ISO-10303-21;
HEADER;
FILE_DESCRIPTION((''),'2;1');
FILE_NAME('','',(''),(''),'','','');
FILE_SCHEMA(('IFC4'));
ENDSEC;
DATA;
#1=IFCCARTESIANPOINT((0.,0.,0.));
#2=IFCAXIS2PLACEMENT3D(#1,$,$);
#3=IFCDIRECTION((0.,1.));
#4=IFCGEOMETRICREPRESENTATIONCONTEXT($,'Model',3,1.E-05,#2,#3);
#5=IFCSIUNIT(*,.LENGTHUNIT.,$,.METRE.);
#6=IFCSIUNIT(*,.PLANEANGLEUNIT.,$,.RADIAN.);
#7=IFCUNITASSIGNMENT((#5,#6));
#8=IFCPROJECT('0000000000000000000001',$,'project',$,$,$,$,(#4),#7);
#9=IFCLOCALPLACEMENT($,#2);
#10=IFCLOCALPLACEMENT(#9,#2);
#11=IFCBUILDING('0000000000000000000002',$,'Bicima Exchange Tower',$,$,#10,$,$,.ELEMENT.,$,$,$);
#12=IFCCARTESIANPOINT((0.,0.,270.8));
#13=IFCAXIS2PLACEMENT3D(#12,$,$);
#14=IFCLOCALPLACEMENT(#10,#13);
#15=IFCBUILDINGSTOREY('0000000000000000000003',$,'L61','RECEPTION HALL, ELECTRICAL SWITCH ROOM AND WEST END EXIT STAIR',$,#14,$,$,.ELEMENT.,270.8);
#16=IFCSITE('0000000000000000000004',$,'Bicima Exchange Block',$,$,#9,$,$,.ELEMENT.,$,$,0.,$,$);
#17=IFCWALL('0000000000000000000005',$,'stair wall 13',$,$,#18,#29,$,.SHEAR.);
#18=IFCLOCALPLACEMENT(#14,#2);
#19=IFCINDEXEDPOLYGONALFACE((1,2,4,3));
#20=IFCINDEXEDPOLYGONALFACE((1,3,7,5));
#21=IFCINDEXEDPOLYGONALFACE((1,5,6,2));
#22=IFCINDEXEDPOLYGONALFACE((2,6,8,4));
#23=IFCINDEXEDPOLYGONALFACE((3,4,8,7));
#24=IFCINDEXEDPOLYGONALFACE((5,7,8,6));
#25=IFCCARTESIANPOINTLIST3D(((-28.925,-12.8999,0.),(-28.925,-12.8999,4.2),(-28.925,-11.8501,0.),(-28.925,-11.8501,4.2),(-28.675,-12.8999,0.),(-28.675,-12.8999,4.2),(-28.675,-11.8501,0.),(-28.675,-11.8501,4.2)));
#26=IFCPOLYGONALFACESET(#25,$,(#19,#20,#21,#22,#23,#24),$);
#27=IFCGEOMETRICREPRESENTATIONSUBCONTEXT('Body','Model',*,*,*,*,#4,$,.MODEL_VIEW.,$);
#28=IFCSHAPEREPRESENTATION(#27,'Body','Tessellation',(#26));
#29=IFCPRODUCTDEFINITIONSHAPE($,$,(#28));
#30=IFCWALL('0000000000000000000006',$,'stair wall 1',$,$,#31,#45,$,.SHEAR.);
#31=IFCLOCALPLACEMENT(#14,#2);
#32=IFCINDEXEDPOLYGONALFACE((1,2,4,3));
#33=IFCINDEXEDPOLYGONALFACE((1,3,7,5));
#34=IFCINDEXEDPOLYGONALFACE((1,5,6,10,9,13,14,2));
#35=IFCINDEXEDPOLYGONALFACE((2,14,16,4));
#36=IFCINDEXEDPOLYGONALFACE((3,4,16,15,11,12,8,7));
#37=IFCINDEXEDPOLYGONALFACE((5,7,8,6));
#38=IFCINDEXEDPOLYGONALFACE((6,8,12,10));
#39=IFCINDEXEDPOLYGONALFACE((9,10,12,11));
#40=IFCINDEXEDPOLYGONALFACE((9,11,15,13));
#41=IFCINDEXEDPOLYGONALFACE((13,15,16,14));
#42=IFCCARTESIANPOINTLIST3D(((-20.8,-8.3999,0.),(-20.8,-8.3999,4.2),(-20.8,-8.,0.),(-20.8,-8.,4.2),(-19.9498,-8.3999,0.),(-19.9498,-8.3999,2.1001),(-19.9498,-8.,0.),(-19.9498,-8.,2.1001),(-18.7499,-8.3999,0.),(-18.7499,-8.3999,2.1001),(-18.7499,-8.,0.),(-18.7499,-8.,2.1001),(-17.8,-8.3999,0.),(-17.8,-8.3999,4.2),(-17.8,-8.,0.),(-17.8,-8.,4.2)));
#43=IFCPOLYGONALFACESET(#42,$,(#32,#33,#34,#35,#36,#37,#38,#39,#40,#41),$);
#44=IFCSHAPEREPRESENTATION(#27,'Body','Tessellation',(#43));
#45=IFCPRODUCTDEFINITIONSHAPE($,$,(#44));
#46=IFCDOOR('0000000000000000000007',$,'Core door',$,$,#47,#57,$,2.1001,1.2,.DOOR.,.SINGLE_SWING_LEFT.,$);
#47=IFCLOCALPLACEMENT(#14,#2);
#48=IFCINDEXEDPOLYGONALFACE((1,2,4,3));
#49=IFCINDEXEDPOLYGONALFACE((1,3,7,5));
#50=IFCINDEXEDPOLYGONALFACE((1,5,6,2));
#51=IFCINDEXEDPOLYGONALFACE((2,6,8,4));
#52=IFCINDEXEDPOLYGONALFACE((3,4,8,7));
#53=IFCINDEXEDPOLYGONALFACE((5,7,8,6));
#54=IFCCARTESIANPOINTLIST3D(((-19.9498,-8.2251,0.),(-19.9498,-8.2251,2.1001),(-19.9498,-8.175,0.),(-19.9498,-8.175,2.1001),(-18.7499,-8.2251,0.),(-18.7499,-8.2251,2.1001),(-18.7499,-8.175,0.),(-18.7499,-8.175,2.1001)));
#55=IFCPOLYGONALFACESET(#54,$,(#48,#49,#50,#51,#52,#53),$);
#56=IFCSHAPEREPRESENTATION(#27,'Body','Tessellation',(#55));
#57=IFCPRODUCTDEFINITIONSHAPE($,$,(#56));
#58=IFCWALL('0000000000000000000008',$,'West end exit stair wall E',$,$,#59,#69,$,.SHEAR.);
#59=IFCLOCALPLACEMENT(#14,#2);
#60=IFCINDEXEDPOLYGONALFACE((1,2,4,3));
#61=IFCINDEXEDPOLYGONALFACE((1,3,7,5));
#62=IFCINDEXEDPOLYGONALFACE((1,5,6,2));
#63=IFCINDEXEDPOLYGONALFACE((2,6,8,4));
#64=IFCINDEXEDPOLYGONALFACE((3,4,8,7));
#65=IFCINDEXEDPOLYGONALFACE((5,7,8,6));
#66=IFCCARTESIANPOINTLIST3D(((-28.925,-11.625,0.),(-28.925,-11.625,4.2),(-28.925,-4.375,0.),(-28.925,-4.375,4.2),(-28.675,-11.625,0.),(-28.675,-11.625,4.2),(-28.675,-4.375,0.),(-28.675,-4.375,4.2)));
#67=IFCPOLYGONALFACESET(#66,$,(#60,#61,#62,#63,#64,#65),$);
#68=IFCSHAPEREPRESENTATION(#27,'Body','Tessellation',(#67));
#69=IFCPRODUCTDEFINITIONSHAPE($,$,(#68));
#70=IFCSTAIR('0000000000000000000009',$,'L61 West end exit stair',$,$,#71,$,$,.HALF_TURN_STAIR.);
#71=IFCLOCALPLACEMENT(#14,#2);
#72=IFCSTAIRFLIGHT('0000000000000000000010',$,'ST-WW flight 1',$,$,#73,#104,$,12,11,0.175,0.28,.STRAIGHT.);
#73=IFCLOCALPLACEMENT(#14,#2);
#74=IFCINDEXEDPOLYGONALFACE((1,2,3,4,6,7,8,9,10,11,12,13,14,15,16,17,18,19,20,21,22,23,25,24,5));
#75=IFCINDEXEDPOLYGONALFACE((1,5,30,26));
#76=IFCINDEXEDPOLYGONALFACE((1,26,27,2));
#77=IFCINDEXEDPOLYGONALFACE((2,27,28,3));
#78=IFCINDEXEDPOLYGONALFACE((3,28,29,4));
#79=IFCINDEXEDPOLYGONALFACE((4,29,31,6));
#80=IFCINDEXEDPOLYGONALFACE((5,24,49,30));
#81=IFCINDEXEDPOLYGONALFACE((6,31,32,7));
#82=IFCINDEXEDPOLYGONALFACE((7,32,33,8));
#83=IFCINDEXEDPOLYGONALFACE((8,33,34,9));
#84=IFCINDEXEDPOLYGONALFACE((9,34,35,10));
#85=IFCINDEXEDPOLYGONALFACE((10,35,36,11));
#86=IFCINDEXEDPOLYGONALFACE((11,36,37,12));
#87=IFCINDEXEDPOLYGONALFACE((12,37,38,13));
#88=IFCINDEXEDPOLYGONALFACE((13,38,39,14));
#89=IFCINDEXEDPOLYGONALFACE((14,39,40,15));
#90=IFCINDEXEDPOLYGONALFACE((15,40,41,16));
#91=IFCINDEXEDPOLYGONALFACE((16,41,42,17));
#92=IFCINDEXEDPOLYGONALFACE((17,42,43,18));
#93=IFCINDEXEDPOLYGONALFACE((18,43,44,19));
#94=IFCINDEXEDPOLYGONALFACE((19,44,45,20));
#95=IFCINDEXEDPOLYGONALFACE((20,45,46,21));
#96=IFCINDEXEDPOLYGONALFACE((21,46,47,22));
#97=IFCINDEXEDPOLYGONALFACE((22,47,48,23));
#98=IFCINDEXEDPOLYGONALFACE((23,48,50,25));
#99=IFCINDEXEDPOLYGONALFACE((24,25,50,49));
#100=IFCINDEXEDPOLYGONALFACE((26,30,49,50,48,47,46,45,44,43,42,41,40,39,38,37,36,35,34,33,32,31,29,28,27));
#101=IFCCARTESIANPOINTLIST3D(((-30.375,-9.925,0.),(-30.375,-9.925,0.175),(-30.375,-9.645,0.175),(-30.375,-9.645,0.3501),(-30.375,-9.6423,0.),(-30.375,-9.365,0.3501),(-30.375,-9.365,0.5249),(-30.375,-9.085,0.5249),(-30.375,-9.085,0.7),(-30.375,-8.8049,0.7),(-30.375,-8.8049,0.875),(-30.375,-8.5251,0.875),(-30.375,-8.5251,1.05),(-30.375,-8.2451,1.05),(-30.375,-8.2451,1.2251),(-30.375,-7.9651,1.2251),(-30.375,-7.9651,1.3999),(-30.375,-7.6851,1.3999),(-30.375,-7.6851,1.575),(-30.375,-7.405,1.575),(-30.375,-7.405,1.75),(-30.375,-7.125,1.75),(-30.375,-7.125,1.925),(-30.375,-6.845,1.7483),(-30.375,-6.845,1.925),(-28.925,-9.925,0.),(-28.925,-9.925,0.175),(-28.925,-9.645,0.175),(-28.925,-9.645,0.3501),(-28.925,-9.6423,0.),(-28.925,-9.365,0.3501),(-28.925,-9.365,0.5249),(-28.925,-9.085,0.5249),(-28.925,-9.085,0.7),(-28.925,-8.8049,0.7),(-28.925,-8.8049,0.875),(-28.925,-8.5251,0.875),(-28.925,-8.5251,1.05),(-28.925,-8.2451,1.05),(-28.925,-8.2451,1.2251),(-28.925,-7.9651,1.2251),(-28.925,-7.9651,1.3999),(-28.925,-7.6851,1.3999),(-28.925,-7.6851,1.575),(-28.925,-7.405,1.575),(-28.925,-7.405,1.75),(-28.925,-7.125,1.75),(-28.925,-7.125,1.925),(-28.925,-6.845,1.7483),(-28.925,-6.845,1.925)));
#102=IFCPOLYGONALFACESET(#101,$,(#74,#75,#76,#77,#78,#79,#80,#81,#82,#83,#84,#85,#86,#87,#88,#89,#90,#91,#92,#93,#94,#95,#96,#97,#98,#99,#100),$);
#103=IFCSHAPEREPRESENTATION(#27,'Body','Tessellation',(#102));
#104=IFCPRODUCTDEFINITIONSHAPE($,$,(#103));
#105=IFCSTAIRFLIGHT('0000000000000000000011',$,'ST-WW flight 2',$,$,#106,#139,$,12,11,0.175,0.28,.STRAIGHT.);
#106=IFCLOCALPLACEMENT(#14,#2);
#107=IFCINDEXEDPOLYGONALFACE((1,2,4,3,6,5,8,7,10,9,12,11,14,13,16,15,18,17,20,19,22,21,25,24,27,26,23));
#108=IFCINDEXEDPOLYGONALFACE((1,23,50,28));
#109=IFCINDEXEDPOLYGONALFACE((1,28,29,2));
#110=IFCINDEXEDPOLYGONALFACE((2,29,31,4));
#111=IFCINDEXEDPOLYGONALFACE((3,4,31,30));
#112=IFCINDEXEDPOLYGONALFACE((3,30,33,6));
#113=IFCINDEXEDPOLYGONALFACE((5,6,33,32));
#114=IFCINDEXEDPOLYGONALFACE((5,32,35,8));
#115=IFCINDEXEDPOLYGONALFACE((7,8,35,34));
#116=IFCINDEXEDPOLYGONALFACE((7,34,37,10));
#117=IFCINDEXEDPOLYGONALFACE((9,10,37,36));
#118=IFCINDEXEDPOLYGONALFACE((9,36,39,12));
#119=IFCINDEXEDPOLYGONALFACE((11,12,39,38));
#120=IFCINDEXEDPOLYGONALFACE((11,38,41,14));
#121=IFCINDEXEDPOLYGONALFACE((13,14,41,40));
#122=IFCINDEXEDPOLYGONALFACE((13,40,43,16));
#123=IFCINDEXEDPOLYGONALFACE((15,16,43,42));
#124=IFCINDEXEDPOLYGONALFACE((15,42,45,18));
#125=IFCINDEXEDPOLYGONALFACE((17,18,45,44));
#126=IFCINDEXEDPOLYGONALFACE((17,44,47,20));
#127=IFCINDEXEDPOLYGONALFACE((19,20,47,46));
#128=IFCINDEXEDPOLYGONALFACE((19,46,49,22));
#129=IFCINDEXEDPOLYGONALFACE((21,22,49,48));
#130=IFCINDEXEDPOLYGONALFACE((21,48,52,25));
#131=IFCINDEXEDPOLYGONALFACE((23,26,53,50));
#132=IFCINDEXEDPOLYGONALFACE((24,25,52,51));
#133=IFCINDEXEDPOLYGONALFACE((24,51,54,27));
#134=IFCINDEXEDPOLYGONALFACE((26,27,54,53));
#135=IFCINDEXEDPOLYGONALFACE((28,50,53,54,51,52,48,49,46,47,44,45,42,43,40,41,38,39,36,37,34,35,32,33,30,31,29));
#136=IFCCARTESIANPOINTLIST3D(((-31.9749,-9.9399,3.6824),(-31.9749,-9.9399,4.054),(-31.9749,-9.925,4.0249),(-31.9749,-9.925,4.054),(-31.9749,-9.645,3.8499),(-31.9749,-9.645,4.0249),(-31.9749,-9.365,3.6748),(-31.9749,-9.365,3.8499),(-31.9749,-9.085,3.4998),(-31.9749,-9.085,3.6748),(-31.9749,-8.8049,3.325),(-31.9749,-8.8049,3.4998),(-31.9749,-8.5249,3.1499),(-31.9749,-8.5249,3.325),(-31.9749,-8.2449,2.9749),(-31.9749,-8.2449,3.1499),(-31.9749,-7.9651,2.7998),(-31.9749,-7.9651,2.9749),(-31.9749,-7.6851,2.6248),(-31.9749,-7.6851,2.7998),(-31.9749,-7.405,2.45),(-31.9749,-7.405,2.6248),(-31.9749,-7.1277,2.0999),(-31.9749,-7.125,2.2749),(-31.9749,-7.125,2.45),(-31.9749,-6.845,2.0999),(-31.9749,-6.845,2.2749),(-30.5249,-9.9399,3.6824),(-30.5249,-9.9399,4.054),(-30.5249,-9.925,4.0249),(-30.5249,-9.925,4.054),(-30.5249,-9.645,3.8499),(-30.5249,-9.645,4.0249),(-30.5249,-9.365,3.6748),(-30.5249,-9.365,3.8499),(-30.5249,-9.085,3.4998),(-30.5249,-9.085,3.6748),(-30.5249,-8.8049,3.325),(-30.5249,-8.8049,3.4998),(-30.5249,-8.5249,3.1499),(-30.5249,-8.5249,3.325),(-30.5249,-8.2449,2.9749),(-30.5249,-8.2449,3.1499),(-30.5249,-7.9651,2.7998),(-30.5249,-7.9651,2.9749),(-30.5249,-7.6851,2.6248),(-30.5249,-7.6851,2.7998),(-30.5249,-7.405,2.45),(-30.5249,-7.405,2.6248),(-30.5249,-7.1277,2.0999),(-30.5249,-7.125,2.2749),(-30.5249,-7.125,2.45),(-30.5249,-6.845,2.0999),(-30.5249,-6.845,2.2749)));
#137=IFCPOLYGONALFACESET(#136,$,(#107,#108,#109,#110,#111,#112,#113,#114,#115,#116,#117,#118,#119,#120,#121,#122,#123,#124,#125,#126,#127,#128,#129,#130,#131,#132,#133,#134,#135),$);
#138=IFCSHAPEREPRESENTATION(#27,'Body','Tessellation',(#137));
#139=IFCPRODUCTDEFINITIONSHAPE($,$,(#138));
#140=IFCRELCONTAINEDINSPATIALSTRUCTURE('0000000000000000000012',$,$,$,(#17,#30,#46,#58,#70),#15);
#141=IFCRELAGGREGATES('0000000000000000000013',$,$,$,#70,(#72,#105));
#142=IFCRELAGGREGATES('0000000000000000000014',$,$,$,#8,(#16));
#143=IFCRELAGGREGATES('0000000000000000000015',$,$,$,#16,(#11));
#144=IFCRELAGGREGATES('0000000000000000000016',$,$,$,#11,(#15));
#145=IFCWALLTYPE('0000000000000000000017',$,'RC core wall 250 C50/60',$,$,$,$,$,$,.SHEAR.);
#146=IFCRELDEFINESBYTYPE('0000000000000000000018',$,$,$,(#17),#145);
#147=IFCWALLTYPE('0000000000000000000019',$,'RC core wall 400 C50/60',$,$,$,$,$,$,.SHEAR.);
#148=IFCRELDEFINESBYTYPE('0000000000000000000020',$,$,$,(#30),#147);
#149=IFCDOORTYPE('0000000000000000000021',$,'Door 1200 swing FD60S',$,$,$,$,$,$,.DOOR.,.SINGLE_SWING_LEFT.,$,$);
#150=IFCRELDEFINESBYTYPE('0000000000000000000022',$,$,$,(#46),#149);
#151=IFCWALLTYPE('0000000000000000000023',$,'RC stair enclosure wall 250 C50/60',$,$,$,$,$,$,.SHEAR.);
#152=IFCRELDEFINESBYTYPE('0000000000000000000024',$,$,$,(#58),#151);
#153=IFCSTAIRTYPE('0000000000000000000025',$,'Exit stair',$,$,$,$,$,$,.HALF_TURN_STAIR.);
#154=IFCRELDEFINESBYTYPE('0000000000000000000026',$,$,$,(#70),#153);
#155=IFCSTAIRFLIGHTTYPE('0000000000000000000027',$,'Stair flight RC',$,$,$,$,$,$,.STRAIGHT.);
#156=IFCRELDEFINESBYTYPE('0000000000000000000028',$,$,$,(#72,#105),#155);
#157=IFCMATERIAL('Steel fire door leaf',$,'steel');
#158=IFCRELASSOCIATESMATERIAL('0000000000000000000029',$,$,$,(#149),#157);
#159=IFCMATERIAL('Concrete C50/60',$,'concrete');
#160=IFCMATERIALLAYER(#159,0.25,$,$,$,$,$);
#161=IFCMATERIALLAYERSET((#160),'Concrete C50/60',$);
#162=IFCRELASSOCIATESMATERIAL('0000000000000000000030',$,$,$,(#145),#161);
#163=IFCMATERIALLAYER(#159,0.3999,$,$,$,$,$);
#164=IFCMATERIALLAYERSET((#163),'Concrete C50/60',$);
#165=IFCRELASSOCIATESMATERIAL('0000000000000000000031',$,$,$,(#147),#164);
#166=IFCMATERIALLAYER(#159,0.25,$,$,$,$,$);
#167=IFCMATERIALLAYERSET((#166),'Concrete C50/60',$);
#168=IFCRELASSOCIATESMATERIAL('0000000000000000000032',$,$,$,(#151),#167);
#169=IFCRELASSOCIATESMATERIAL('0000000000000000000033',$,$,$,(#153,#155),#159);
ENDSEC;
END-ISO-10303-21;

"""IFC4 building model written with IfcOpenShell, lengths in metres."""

from ifc_helpers import new_model, si_unit, direction, frame, frame_2d, origin, place, context, subcontext, project, spatial, polyline, rectangle, outline, extrude, material, layer, layer_set, type_object, element, fill, aggregate, save


model = new_model("IFC4")

# Units and contexts
model_context = context("Model", 3, precision=1e-05, world=origin(), true_north=direction((0.0, 1.0)))
body_context = subcontext(model_context, "Body", "Model", "MODEL_VIEW")
ifc_project = project(units=[si_unit("LENGTHUNIT", "METRE"), si_unit("PLANEANGLEUNIT", "RADIAN")], contexts=[model_context])

# Site, building, storey
site_placement = place(None, origin())
site = spatial("IfcSite", under=ifc_project, at=site_placement, Name="Bicima Exchange Block", CompositionType="ELEMENT", RefElevation=0.0)
building_placement = place(site_placement, origin())
building = spatial("IfcBuilding", under=site, at=building_placement, Name="Bicima Exchange Tower", CompositionType="ELEMENT")
storey_placement = place(building_placement, frame((0.0, 0.0, 270.8)))
storey = spatial("IfcBuildingStorey", under=building, at=storey_placement, Name="L61", Description="RECEPTION HALL, ELECTRICAL SWITCH ROOM AND WEST END EXIT STAIR", CompositionType="ELEMENT", Elevation=270.8)

# Shared definitions
ifc_material_1 = material(Name="Steel fire door leaf", Category="steel")
door_type_1 = type_object("IfcDoorType", Name="Door 1200 swing FD60S", OperationType="SINGLE_SWING_LEFT", PredefinedType="DOOR", material=ifc_material_1)

# Wall
ifc_material_2 = material(Name="Concrete C50/60", Category="concrete")
ifc_layer_1 = layer(ifc_material_2, 0.25)
ifc_layer_set_1 = layer_set([ifc_layer_1], Name="Concrete C50/60")
wall_type_1 = type_object("IfcWallType", Name="RC core wall 250 C50/60", PredefinedType="SHEAR", material=ifc_layer_set_1)
wall_1_placement = place(storey_placement, frame((-28.8, -12.8999, 0.0), z_axis=(0.0, 0.0, 1.0), x_axis=(0.0, 1.0, 0.0)))
element("IfcWall", 1, at=wall_1_placement, inside=storey, type_object=wall_type_1, Name="stair wall 13", PredefinedType="SHEAR", context=body_context, shape_type="SweptSolid", body=[
    extrude(rectangle(XDim=1.0498, YDim=0.25, at=frame_2d((0.5249, 0.0))), origin(), (0.0, 0.0, 1.0), 4.2),
])

# Wall, opening, door
ifc_layer_2 = layer(ifc_material_2, 0.3999)
ifc_layer_set_2 = layer_set([ifc_layer_2], Name="Concrete C50/60")
wall_type_2 = type_object("IfcWallType", Name="RC core wall 400 C50/60", PredefinedType="SHEAR", material=ifc_layer_set_2)
wall_2_placement = place(storey_placement, frame((-20.8, -8.2, 0.0), z_axis=(0.0, 0.0, 1.0), x_axis=(1.0, 0.0, 0.0)))
wall_2 = element("IfcWall", 2, at=wall_2_placement, inside=storey, type_object=wall_type_2, Name="stair wall 1", PredefinedType="SHEAR", context=body_context, shape_type="SweptSolid", body=[
    extrude(rectangle(XDim=3.0, YDim=0.3999, at=frame_2d((1.5, 0.0))), origin(), (0.0, 0.0, 1.0), 4.2),
])
opening_1_placement = place(wall_2_placement, frame((0.8501, 0.0, 0.0)))
opening_1 = element("IfcOpeningElement", 3, at=opening_1_placement, cuts=wall_2, PredefinedType="OPENING", context=body_context, shape_type="SweptSolid", body=[
    extrude(rectangle(XDim=1.2, YDim=2.1001, at=frame_2d((0.6001, 1.05))), frame((0.0, 0.2119, 0.0), z_axis=(0.0, -1.0, 0.0), x_axis=(1.0, 0.0, 0.0)), (0.0, 0.0, 1.0), 0.4238),
])
door_1_placement = place(opening_1_placement, origin())
door_1 = element("IfcDoor", 4, at=door_1_placement, inside=storey, type_object=door_type_1, Name="Core door", OperationType="SINGLE_SWING_LEFT", OverallHeight=2.1001, OverallWidth=1.2, PredefinedType="DOOR", context=body_context, shape_type="SweptSolid", body=[
    extrude(rectangle(XDim=1.2, YDim=2.1001, at=frame_2d((0.6001, 1.05))), frame((0.0, 0.0249, 0.0), z_axis=(0.0, -1.0, 0.0), x_axis=(1.0, 0.0, 0.0)), (0.0, 0.0, 1.0), 0.05),
])
fill(opening_1, door_1)

# Wall
ifc_layer_3 = layer(ifc_material_2, 0.25)
ifc_layer_set_3 = layer_set([ifc_layer_3], Name="Concrete C50/60")
wall_type_3 = type_object("IfcWallType", Name="RC stair enclosure wall 250 C50/60", PredefinedType="SHEAR", material=ifc_layer_set_3)
wall_3_placement = place(storey_placement, frame((-28.8, -11.625, 0.0), z_axis=(0.0, 0.0, 1.0), x_axis=(0.0, 1.0, 0.0)))
element("IfcWall", 5, at=wall_3_placement, inside=storey, type_object=wall_type_3, Name="West end exit stair wall E", PredefinedType="SHEAR", context=body_context, shape_type="SweptSolid", body=[
    extrude(rectangle(XDim=7.25, YDim=0.25, at=frame_2d((3.625, 0.0))), origin(), (0.0, 0.0, 1.0), 4.2),
])

# Stair, stair flights
stair_type = type_object("IfcStairType", Name="Exit stair", PredefinedType="HALF_TURN_STAIR", material=ifc_material_2)
stair_placement = place(storey_placement, origin())
stair = element("IfcStair", 6, at=stair_placement, inside=storey, type_object=stair_type, Name="L61 West end exit stair", PredefinedType="HALF_TURN_STAIR")
stair_flight_type = type_object("IfcStairFlightType", Name="Stair flight RC", PredefinedType="STRAIGHT", material=ifc_material_2)
stair_flight_1_placement = place(storey_placement, frame((-29.6499, -9.925, 0.0), z_axis=(0.0, 0.0, 1.0), x_axis=(0.0, 1.0, 0.0)))
stair_flight_1 = element("IfcStairFlight", 7, at=stair_flight_1_placement, type_object=stair_flight_type, Name="ST-WW flight 1", NumberOfRisers=12, NumberOfTreads=11, PredefinedType="STRAIGHT", RiserHeight=0.175, TreadLength=0.28, context=body_context, shape_type="SweptSolid", body=[
    extrude(outline(polyline([(0.0, 0.0), (0.0, 0.175), (0.28, 0.175), (0.28, 0.3501), (0.5601, 0.3501), (0.5601, 0.5249), (0.8401, 0.5249), (0.8401, 0.7), (1.1201, 0.7), (1.1201, 0.875), (1.3999, 0.875), (1.3999, 1.05), (1.6799, 1.05), (1.6799, 1.2251), (1.96, 1.2251), (1.96, 1.3999), (2.24, 1.3999), (2.24, 1.575), (2.52, 1.575), (2.52, 1.75), (2.8, 1.75), (2.8, 1.925), (3.0801, 1.925), (3.0801, 2.1001), (3.0801, 1.7483), (0.2827, 0.0), (0.0, 0.0)])), frame((0.0, 0.7251, 0.0), z_axis=(0.0, -1.0, 0.0), x_axis=(1.0, 0.0, 0.0)), (0.0, 0.0, 1.0), 1.45),
])
stair_flight_2_placement = place(storey_placement, frame((-31.25, -6.845, 2.0999), z_axis=(0.0, 0.0, 1.0), x_axis=(0.0, -1.0, 0.0)))
stair_flight_2 = element("IfcStairFlight", 8, at=stair_flight_2_placement, type_object=stair_flight_type, Name="ST-WW flight 2", NumberOfRisers=12, NumberOfTreads=11, PredefinedType="STRAIGHT", RiserHeight=0.175, TreadLength=0.28, context=body_context, shape_type="SweptSolid", body=[
    extrude(outline(polyline([(0.0, 0.0), (0.0, 0.175), (0.28, 0.175), (0.28, 0.3501), (0.5601, 0.3501), (0.5601, 0.5249), (0.8401, 0.5249), (0.8401, 0.7), (1.1201, 0.7), (1.1201, 0.875), (1.3999, 0.875), (1.3999, 1.05), (1.6799, 1.05), (1.6799, 1.2251), (1.96, 1.2251), (1.96, 1.3999), (2.24, 1.3999), (2.24, 1.575), (2.52, 1.575), (2.52, 1.75), (2.8, 1.75), (2.8, 1.925), (3.0801, 1.925), (3.0801, 1.9541), (3.095, 1.9541), (3.095, 1.5825), (0.2827, 0.0), (0.0, 0.0)])), frame((0.0, 0.7251, 0.0), z_axis=(0.0, -1.0, 0.0), x_axis=(1.0, 0.0, 0.0)), (0.0, 0.0, 1.0), 1.45),
])
aggregate(stair, [stair_flight_1, stair_flight_2])

save(model, "model.ifc")
